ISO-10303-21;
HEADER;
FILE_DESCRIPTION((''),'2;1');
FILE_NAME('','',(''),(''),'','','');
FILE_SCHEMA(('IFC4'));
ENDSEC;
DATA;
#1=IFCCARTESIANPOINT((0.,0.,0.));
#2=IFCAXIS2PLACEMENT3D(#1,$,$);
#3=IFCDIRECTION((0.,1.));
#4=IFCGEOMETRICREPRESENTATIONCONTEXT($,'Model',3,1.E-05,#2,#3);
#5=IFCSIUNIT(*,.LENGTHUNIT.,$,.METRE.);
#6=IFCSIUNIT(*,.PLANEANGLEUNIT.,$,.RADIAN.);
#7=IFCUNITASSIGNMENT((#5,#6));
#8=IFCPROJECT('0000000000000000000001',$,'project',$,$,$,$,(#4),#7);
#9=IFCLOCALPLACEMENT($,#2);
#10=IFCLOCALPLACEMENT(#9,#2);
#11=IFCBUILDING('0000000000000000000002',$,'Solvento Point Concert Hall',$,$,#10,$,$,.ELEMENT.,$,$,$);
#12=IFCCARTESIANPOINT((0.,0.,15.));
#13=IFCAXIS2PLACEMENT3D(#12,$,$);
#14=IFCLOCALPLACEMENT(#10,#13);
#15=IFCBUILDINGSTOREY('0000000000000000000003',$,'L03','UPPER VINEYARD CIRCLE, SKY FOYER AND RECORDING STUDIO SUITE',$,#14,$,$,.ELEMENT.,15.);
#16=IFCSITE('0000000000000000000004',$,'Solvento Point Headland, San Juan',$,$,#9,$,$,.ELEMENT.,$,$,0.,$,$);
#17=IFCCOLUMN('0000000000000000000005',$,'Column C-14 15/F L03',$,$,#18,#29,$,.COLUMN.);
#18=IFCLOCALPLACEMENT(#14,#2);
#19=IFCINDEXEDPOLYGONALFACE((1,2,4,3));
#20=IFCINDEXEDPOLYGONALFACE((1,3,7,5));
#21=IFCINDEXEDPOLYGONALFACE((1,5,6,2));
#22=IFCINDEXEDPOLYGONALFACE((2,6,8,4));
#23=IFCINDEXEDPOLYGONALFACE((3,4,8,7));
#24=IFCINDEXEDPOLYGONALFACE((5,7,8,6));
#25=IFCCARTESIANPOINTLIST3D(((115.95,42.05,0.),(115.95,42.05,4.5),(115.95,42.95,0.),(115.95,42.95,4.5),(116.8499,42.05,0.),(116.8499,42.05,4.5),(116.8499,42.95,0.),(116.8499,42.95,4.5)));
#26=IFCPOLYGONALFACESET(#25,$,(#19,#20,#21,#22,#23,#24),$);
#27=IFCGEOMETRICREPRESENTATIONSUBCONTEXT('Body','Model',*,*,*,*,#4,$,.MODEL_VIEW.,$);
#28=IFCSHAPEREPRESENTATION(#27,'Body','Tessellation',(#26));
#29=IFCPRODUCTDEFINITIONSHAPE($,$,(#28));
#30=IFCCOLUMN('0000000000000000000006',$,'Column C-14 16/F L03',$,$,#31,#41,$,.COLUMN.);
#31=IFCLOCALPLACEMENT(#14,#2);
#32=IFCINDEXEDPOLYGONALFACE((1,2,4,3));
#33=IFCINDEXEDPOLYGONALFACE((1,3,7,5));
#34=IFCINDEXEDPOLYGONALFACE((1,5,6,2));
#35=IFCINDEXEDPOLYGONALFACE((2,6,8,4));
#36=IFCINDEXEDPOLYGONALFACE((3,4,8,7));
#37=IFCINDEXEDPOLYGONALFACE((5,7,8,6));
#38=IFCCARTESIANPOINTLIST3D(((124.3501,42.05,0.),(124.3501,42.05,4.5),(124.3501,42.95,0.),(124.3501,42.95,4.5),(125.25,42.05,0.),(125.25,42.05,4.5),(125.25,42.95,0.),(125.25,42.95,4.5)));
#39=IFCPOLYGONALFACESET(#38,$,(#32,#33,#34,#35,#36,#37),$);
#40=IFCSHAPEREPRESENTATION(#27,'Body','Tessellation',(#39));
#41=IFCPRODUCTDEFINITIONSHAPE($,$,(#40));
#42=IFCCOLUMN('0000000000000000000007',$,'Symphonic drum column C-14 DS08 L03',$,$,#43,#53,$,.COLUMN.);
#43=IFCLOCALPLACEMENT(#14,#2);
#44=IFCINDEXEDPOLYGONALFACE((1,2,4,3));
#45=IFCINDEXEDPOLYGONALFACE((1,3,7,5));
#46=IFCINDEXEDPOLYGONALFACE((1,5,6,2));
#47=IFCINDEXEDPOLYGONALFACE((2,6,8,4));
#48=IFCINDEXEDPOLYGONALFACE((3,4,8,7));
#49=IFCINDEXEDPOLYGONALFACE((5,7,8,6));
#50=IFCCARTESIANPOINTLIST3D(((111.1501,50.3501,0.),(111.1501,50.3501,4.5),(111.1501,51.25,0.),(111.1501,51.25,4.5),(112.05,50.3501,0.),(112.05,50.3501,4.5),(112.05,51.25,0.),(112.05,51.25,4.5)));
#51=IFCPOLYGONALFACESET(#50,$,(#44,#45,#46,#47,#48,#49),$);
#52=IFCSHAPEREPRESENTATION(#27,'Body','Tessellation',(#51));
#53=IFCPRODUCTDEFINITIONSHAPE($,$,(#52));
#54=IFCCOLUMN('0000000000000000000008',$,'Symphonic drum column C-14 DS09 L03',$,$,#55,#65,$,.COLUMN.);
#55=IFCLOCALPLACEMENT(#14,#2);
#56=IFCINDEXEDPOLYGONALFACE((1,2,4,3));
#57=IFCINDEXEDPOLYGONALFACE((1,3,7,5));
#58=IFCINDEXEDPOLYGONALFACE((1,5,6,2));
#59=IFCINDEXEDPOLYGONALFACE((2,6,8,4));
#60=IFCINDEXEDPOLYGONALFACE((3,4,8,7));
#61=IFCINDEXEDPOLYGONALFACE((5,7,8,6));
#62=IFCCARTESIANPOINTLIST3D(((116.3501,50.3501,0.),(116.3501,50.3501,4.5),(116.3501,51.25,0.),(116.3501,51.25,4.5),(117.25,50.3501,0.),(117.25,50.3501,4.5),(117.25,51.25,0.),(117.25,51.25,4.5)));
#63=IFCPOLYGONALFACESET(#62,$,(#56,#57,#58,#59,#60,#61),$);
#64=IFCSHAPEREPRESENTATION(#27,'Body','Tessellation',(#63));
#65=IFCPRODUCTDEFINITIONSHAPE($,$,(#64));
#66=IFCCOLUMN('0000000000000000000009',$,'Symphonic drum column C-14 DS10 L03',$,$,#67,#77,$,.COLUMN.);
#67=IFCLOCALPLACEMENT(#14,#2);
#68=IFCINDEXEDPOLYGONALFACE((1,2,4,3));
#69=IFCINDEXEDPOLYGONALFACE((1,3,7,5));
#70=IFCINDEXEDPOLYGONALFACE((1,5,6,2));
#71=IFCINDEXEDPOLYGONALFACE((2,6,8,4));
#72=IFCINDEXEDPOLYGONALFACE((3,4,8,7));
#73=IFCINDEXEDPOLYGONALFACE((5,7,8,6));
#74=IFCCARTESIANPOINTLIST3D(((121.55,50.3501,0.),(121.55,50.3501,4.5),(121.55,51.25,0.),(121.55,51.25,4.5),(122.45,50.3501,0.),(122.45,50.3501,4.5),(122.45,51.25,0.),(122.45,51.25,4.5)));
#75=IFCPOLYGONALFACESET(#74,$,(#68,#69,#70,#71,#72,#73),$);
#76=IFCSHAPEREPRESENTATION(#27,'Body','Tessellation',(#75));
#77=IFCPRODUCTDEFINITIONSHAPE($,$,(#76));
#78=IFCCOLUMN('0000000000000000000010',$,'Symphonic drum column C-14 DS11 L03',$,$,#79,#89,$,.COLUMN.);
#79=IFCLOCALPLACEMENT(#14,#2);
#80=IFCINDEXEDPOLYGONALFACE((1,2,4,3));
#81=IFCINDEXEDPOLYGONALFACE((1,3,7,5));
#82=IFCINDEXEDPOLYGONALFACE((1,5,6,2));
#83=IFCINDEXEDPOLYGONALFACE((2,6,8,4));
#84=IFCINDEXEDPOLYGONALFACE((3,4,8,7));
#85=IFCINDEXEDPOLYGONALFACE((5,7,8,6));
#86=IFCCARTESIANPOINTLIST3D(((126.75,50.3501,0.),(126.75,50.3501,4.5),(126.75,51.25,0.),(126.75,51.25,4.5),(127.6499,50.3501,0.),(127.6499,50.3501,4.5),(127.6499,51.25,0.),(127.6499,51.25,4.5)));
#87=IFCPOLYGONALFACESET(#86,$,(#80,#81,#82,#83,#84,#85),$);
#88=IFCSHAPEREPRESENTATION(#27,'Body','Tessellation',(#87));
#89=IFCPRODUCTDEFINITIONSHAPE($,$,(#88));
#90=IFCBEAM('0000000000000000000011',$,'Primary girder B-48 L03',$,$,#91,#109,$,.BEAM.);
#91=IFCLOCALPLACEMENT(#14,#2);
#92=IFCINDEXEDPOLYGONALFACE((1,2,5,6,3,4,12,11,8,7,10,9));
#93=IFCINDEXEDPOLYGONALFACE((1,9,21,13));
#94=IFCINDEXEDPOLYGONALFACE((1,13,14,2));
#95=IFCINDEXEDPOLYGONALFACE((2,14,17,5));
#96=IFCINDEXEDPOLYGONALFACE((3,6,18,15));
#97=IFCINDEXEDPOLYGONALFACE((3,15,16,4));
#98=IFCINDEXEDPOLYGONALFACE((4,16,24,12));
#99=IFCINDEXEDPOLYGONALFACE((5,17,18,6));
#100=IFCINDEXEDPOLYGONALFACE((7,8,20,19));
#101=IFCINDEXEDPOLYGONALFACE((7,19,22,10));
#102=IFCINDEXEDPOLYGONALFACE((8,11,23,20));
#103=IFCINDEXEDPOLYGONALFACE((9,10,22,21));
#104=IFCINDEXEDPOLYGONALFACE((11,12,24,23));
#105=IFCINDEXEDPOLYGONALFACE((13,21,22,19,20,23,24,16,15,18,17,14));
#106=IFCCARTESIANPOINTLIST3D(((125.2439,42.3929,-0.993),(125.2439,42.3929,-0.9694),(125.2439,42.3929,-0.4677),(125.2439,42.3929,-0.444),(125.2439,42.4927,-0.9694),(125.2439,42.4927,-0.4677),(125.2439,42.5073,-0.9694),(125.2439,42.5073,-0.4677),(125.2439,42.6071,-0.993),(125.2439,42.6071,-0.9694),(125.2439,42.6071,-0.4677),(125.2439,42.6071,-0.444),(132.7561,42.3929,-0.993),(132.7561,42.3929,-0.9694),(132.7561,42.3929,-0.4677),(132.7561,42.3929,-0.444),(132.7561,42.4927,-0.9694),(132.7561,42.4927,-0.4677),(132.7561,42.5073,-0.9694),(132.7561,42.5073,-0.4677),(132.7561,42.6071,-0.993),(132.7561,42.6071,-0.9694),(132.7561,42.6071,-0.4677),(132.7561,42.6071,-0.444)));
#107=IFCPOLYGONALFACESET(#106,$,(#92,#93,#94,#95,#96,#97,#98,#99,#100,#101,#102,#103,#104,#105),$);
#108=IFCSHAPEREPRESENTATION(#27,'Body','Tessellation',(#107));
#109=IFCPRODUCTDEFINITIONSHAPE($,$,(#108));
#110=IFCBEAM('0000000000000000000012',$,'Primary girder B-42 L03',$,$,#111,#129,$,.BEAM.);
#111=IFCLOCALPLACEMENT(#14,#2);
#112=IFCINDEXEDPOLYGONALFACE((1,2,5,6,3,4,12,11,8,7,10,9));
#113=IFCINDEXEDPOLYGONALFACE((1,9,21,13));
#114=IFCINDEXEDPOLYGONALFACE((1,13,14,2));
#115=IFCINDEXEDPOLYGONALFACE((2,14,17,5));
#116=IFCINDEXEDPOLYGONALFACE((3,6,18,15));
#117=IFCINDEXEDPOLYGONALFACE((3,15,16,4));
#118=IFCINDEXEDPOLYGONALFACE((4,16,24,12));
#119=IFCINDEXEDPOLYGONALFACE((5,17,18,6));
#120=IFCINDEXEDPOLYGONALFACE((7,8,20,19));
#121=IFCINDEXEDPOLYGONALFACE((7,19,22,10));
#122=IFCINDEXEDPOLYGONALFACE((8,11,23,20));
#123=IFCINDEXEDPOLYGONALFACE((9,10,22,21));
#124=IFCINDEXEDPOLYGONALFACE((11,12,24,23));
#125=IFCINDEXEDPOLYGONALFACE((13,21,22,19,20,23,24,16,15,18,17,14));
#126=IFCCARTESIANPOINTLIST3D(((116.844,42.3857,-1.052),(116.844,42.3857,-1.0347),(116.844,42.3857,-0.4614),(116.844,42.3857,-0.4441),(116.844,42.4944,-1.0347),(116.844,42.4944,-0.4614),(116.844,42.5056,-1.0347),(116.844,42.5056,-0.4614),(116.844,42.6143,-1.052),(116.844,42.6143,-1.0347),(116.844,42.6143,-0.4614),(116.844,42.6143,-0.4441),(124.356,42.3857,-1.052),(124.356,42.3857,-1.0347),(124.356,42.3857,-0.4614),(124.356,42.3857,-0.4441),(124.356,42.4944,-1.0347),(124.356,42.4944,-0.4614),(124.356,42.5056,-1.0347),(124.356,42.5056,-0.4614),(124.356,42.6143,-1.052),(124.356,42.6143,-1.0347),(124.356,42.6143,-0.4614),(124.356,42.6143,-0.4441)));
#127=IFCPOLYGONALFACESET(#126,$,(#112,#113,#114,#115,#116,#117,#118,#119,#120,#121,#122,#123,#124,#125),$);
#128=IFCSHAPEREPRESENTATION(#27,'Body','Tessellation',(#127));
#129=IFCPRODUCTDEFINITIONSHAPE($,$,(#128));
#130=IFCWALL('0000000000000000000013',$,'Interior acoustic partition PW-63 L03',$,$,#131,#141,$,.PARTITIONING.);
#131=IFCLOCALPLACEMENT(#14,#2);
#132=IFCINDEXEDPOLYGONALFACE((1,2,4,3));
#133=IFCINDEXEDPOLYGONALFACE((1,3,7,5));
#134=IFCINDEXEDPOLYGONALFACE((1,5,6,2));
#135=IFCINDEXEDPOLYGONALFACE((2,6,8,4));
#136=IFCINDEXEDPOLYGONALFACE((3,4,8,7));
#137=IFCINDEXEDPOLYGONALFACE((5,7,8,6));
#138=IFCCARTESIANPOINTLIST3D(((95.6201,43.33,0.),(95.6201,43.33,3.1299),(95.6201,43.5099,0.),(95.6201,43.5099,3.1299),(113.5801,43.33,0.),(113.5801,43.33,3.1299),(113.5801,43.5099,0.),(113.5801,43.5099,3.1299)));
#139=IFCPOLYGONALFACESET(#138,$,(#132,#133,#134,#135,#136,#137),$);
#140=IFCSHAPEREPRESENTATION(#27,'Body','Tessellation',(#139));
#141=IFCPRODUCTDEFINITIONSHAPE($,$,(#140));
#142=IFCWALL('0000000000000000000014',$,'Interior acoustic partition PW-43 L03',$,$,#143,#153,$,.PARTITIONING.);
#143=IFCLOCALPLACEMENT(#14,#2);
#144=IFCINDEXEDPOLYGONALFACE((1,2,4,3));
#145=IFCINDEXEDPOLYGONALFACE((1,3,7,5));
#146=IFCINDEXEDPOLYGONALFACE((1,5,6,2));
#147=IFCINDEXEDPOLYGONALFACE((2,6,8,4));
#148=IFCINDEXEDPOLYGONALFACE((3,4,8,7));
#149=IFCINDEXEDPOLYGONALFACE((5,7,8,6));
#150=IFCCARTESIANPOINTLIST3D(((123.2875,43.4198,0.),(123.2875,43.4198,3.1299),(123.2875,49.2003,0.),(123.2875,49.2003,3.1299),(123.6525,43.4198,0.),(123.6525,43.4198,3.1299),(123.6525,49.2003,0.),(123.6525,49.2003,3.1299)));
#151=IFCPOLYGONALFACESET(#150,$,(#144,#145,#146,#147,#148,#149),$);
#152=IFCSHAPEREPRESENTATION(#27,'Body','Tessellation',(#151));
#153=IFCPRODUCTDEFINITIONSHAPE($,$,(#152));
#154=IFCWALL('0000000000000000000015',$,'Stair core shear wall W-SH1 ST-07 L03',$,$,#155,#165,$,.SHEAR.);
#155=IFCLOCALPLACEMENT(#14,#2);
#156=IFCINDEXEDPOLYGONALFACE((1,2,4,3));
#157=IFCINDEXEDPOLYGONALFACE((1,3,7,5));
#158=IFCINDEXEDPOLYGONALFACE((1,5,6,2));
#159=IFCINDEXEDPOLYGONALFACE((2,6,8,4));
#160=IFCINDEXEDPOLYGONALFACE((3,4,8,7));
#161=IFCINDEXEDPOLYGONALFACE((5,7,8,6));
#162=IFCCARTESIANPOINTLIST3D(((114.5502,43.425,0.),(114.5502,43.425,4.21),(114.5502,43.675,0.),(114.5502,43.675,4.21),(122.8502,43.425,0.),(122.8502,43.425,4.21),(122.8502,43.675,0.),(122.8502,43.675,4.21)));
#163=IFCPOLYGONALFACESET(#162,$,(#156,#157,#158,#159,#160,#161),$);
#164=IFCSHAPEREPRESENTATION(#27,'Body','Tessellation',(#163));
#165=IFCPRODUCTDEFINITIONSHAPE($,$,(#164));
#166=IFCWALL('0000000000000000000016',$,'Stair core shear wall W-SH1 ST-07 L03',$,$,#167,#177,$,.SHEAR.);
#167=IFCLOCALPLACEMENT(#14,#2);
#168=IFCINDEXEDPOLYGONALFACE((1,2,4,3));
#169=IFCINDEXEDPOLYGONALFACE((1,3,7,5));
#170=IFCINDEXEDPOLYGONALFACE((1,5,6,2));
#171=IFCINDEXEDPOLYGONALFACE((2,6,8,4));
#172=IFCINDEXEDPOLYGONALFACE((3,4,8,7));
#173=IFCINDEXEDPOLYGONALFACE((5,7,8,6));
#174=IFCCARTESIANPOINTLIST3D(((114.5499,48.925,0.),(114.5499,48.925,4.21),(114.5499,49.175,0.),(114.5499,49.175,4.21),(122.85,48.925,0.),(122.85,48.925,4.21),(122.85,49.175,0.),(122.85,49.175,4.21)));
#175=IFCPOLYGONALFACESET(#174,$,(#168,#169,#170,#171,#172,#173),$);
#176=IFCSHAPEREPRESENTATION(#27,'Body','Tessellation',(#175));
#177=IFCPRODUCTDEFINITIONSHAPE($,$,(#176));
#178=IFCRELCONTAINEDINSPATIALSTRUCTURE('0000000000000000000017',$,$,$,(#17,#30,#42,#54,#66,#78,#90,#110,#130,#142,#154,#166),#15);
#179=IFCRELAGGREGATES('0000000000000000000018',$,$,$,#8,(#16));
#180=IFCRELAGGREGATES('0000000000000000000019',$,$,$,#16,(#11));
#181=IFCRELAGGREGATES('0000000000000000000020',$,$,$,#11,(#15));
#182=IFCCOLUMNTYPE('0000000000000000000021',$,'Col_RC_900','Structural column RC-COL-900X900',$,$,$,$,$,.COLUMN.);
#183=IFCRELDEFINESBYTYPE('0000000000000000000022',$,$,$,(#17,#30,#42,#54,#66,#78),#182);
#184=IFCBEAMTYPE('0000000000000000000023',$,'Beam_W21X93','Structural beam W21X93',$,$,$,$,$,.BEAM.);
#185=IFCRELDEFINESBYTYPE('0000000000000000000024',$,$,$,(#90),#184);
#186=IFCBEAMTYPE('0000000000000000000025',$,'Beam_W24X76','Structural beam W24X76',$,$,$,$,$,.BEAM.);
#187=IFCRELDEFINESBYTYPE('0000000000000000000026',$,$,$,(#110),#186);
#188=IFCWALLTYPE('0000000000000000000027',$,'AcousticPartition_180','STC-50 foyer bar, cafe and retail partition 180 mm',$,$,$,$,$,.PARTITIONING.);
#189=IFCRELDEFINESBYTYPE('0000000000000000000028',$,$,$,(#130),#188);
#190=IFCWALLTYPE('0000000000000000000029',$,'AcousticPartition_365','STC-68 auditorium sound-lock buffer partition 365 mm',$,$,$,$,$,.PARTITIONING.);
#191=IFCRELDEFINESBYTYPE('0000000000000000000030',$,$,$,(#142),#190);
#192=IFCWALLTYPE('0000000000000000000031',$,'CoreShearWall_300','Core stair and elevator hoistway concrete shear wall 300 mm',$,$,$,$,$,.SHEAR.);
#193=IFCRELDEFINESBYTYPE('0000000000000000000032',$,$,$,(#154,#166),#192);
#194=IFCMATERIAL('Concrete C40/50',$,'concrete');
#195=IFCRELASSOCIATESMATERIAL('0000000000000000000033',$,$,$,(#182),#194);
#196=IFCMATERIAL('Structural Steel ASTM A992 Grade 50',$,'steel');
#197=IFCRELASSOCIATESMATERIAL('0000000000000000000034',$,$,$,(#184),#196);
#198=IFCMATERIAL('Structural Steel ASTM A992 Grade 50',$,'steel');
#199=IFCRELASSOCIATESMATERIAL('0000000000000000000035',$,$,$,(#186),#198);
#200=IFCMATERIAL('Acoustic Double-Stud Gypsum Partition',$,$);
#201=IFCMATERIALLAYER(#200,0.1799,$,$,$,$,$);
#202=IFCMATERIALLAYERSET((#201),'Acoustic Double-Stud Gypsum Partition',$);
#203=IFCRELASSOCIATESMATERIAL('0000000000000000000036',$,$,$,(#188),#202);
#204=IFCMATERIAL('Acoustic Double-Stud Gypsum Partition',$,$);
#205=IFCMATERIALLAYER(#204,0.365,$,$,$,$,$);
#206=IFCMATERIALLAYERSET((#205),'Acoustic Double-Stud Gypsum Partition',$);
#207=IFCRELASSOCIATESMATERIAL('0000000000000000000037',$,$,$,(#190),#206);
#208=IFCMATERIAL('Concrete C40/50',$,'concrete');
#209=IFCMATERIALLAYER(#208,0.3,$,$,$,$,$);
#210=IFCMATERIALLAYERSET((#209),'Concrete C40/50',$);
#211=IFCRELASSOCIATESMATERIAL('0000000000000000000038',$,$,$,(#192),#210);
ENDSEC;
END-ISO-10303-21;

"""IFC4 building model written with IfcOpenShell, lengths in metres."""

from ifc_helpers import new_model, si_unit, direction, frame, frame_2d, origin, origin_2d, place, context, subcontext, project, spatial, rectangle, i_section, extrude, material, layer, layer_set, material_profile, profile_set, type_object, element, save


model = new_model("IFC4")

# Units and contexts
model_context = context("Model", 3, precision=1e-05, world=origin(), true_north=direction((0.0, 1.0)))
body_context = subcontext(model_context, "Body", "Model", "MODEL_VIEW")
ifc_project = project(units=[si_unit("LENGTHUNIT", "METRE"), si_unit("PLANEANGLEUNIT", "RADIAN")], contexts=[model_context])

# Site, building, storey
site_placement = place(None, origin())
site = spatial("IfcSite", under=ifc_project, at=site_placement, Name="Solvento Point Headland, San Juan", CompositionType="ELEMENT", RefElevation=0.0)
building_placement = place(site_placement, origin())
building = spatial("IfcBuilding", under=site, at=building_placement, Name="Solvento Point Concert Hall", CompositionType="ELEMENT")
storey_placement = place(building_placement, frame((0.0, 0.0, 15.0)))
storey = spatial("IfcBuildingStorey", under=building, at=storey_placement, Name="L03", Description="UPPER VINEYARD CIRCLE, SKY FOYER AND RECORDING STUDIO SUITE", CompositionType="ELEMENT", Elevation=15.0)

# Columns
ifc_material_1 = material(Name="Concrete C40/50", Category="concrete")
ifc_material_profile_1 = material_profile(ifc_material_1, rectangle(XDim=0.8999, YDim=0.8999, at=origin_2d()), Name="RC-COL-900X900")
ifc_profile_set_1 = profile_set([ifc_material_profile_1], Name="Concrete C40/50")
column_type = type_object("IfcColumnType", Name="Col_RC_900", Description="Structural column RC-COL-900X900", PredefinedType="COLUMN", material=ifc_profile_set_1)
for number, where, z_axis, x_axis, name in (
    (1, (116.3999, 42.5, 0.0), (0.0, 0.0, 1.0), (1.0, 0.0, 0.0), "Column C-14 15/F L03"),
    (2, (124.8, 42.5, 0.0), (0.0, 0.0, 1.0), (1.0, 0.0, 0.0), "Column C-14 16/F L03"),
    (3, (111.6001, 50.8, 0.0), (0.0, 0.0, 1.0), (1.0, 0.0, 0.0), "Symphonic drum column C-14 DS08 L03"),
    (4, (116.8, 50.8, 0.0), (0.0, 0.0, 1.0), (1.0, 0.0, 0.0), "Symphonic drum column C-14 DS09 L03"),
    (5, (122.0, 50.8, 0.0), (0.0, 0.0, 1.0), (1.0, 0.0, 0.0), "Symphonic drum column C-14 DS10 L03"),
    (6, (127.2, 50.8, 0.0), (0.0, 0.0, 1.0), (1.0, 0.0, 0.0), "Symphonic drum column C-14 DS11 L03"),
):
    element("IfcColumn", number, at=place(storey_placement, frame(where, z_axis=z_axis, x_axis=x_axis)), inside=storey, type_object=column_type, Name=name, PredefinedType="COLUMN", context=body_context, shape_type="SweptSolid", body=[
        extrude(rectangle(XDim=0.8999, YDim=0.8999, at=origin_2d()), origin(), (0.0, 0.0, 1.0), 4.5),
    ])

# Beams
ifc_material_2 = material(Name="Structural Steel ASTM A992 Grade 50", Category="steel")
ifc_material_profile_2 = material_profile(ifc_material_2, i_section(OverallWidth=0.2141, OverallDepth=0.5491, WebThickness=0.0146, FlangeThickness=0.0237, at=origin_2d()), Name="W21X93")
ifc_profile_set_2 = profile_set([ifc_material_profile_2], Name="Structural Steel ASTM A992 Grade 50")
beam_type_1 = type_object("IfcBeamType", Name="Beam_W21X93", Description="Structural beam W21X93", PredefinedType="BEAM", material=ifc_profile_set_2)
beam_1_placement = place(storey_placement, frame((125.2439, 42.5, -0.7185), z_axis=(1.0, 0.0, 0.0), x_axis=(0.0, 1.0, 0.0)))
element("IfcBeam", 7, at=beam_1_placement, inside=storey, type_object=beam_type_1, Name="Primary girder B-48 L03", PredefinedType="BEAM", context=body_context, shape_type="SweptSolid", body=[
    extrude(i_section(OverallWidth=0.2141, OverallDepth=0.5491, WebThickness=0.0146, FlangeThickness=0.0237, at=origin_2d()), origin(), (0.0, 0.0, 1.0), 7.5122),
])
ifc_material_3 = material(Name="Structural Steel ASTM A992 Grade 50", Category="steel")
ifc_material_profile_3 = material_profile(ifc_material_3, i_section(OverallWidth=0.2285, OverallDepth=0.6079, WebThickness=0.0112, FlangeThickness=0.0173, at=origin_2d()), Name="W24X76")
ifc_profile_set_3 = profile_set([ifc_material_profile_3], Name="Structural Steel ASTM A992 Grade 50")
beam_type_2 = type_object("IfcBeamType", Name="Beam_W24X76", Description="Structural beam W24X76", PredefinedType="BEAM", material=ifc_profile_set_3)
beam_2_placement = place(storey_placement, frame((116.844, 42.5, -0.748), z_axis=(1.0, 0.0, 0.0), x_axis=(0.0, 1.0, 0.0)))
element("IfcBeam", 8, at=beam_2_placement, inside=storey, type_object=beam_type_2, Name="Primary girder B-42 L03", PredefinedType="BEAM", context=body_context, shape_type="SweptSolid", body=[
    extrude(i_section(OverallWidth=0.2285, OverallDepth=0.6079, WebThickness=0.0112, FlangeThickness=0.0173, at=origin_2d()), origin(), (0.0, 0.0, 1.0), 7.512),
])

# Walls
ifc_material_4 = material(Name="Acoustic Double-Stud Gypsum Partition")
ifc_layer_1 = layer(ifc_material_4, 0.1799)
ifc_layer_set_1 = layer_set([ifc_layer_1], Name="Acoustic Double-Stud Gypsum Partition")
wall_type_1 = type_object("IfcWallType", Name="AcousticPartition_180", Description="STC-50 foyer bar, cafe and retail partition 180 mm", PredefinedType="PARTITIONING", material=ifc_layer_set_1)
wall_1_placement = place(storey_placement, frame((113.5801, 43.4199, 0.0), z_axis=(0.0, 0.0, 1.0), x_axis=(-1.0, 0.0, 0.0)))
element("IfcWall", 9, at=wall_1_placement, inside=storey, type_object=wall_type_1, Name="Interior acoustic partition PW-63 L03", PredefinedType="PARTITIONING", context=body_context, shape_type="SweptSolid", body=[
    extrude(rectangle(XDim=17.96, YDim=0.1799, at=frame_2d((8.98, 0.0))), origin(), (0.0, 0.0, 1.0), 3.1299),
])
ifc_material_5 = material(Name="Acoustic Double-Stud Gypsum Partition")
ifc_layer_2 = layer(ifc_material_5, 0.365)
ifc_layer_set_2 = layer_set([ifc_layer_2], Name="Acoustic Double-Stud Gypsum Partition")
wall_type_2 = type_object("IfcWallType", Name="AcousticPartition_365", Description="STC-68 auditorium sound-lock buffer partition 365 mm", PredefinedType="PARTITIONING", material=ifc_layer_set_2)
wall_2_placement = place(storey_placement, frame((123.47, 43.4199, 0.0), z_axis=(0.0, 0.0, 1.0), x_axis=(0.0, 1.0, 0.0)))
element("IfcWall", 10, at=wall_2_placement, inside=storey, type_object=wall_type_2, Name="Interior acoustic partition PW-43 L03", PredefinedType="PARTITIONING", context=body_context, shape_type="SweptSolid", body=[
    extrude(rectangle(XDim=5.7805, YDim=0.365, at=frame_2d((2.8901, 0.0))), origin(), (0.0, 0.0, 1.0), 3.1299),
])
ifc_material_6 = material(Name="Concrete C40/50", Category="concrete")
ifc_layer_3 = layer(ifc_material_6, 0.3)
ifc_layer_set_3 = layer_set([ifc_layer_3], Name="Concrete C40/50")
wall_type_3 = type_object("IfcWallType", Name="CoreShearWall_300", Description="Core stair and elevator hoistway concrete shear wall 300 mm", PredefinedType="SHEAR", material=ifc_layer_set_3)
for number, where, z_axis, x_axis, name in (
    (11, (122.8501, 43.55, 0.0), (0.0, 0.0, 1.0), (-1.0, 0.0, 0.0), "Stair core shear wall W-SH1 ST-07 L03"),
    (12, (114.55, 49.05, 0.0), (0.0, 0.0, 1.0), (1.0, 0.0, 0.0), "Stair core shear wall W-SH1 ST-07 L03"),
):
    element("IfcWall", number, at=place(storey_placement, frame(where, z_axis=z_axis, x_axis=x_axis)), inside=storey, type_object=wall_type_3, Name=name, PredefinedType="SHEAR", context=body_context, shape_type="SweptSolid", body=[
        extrude(rectangle(XDim=8.3, YDim=0.25, at=frame_2d((4.1499, 0.0))), origin(), (0.0, 0.0, 1.0), 4.21),
    ])

save(model, "model.ifc")
